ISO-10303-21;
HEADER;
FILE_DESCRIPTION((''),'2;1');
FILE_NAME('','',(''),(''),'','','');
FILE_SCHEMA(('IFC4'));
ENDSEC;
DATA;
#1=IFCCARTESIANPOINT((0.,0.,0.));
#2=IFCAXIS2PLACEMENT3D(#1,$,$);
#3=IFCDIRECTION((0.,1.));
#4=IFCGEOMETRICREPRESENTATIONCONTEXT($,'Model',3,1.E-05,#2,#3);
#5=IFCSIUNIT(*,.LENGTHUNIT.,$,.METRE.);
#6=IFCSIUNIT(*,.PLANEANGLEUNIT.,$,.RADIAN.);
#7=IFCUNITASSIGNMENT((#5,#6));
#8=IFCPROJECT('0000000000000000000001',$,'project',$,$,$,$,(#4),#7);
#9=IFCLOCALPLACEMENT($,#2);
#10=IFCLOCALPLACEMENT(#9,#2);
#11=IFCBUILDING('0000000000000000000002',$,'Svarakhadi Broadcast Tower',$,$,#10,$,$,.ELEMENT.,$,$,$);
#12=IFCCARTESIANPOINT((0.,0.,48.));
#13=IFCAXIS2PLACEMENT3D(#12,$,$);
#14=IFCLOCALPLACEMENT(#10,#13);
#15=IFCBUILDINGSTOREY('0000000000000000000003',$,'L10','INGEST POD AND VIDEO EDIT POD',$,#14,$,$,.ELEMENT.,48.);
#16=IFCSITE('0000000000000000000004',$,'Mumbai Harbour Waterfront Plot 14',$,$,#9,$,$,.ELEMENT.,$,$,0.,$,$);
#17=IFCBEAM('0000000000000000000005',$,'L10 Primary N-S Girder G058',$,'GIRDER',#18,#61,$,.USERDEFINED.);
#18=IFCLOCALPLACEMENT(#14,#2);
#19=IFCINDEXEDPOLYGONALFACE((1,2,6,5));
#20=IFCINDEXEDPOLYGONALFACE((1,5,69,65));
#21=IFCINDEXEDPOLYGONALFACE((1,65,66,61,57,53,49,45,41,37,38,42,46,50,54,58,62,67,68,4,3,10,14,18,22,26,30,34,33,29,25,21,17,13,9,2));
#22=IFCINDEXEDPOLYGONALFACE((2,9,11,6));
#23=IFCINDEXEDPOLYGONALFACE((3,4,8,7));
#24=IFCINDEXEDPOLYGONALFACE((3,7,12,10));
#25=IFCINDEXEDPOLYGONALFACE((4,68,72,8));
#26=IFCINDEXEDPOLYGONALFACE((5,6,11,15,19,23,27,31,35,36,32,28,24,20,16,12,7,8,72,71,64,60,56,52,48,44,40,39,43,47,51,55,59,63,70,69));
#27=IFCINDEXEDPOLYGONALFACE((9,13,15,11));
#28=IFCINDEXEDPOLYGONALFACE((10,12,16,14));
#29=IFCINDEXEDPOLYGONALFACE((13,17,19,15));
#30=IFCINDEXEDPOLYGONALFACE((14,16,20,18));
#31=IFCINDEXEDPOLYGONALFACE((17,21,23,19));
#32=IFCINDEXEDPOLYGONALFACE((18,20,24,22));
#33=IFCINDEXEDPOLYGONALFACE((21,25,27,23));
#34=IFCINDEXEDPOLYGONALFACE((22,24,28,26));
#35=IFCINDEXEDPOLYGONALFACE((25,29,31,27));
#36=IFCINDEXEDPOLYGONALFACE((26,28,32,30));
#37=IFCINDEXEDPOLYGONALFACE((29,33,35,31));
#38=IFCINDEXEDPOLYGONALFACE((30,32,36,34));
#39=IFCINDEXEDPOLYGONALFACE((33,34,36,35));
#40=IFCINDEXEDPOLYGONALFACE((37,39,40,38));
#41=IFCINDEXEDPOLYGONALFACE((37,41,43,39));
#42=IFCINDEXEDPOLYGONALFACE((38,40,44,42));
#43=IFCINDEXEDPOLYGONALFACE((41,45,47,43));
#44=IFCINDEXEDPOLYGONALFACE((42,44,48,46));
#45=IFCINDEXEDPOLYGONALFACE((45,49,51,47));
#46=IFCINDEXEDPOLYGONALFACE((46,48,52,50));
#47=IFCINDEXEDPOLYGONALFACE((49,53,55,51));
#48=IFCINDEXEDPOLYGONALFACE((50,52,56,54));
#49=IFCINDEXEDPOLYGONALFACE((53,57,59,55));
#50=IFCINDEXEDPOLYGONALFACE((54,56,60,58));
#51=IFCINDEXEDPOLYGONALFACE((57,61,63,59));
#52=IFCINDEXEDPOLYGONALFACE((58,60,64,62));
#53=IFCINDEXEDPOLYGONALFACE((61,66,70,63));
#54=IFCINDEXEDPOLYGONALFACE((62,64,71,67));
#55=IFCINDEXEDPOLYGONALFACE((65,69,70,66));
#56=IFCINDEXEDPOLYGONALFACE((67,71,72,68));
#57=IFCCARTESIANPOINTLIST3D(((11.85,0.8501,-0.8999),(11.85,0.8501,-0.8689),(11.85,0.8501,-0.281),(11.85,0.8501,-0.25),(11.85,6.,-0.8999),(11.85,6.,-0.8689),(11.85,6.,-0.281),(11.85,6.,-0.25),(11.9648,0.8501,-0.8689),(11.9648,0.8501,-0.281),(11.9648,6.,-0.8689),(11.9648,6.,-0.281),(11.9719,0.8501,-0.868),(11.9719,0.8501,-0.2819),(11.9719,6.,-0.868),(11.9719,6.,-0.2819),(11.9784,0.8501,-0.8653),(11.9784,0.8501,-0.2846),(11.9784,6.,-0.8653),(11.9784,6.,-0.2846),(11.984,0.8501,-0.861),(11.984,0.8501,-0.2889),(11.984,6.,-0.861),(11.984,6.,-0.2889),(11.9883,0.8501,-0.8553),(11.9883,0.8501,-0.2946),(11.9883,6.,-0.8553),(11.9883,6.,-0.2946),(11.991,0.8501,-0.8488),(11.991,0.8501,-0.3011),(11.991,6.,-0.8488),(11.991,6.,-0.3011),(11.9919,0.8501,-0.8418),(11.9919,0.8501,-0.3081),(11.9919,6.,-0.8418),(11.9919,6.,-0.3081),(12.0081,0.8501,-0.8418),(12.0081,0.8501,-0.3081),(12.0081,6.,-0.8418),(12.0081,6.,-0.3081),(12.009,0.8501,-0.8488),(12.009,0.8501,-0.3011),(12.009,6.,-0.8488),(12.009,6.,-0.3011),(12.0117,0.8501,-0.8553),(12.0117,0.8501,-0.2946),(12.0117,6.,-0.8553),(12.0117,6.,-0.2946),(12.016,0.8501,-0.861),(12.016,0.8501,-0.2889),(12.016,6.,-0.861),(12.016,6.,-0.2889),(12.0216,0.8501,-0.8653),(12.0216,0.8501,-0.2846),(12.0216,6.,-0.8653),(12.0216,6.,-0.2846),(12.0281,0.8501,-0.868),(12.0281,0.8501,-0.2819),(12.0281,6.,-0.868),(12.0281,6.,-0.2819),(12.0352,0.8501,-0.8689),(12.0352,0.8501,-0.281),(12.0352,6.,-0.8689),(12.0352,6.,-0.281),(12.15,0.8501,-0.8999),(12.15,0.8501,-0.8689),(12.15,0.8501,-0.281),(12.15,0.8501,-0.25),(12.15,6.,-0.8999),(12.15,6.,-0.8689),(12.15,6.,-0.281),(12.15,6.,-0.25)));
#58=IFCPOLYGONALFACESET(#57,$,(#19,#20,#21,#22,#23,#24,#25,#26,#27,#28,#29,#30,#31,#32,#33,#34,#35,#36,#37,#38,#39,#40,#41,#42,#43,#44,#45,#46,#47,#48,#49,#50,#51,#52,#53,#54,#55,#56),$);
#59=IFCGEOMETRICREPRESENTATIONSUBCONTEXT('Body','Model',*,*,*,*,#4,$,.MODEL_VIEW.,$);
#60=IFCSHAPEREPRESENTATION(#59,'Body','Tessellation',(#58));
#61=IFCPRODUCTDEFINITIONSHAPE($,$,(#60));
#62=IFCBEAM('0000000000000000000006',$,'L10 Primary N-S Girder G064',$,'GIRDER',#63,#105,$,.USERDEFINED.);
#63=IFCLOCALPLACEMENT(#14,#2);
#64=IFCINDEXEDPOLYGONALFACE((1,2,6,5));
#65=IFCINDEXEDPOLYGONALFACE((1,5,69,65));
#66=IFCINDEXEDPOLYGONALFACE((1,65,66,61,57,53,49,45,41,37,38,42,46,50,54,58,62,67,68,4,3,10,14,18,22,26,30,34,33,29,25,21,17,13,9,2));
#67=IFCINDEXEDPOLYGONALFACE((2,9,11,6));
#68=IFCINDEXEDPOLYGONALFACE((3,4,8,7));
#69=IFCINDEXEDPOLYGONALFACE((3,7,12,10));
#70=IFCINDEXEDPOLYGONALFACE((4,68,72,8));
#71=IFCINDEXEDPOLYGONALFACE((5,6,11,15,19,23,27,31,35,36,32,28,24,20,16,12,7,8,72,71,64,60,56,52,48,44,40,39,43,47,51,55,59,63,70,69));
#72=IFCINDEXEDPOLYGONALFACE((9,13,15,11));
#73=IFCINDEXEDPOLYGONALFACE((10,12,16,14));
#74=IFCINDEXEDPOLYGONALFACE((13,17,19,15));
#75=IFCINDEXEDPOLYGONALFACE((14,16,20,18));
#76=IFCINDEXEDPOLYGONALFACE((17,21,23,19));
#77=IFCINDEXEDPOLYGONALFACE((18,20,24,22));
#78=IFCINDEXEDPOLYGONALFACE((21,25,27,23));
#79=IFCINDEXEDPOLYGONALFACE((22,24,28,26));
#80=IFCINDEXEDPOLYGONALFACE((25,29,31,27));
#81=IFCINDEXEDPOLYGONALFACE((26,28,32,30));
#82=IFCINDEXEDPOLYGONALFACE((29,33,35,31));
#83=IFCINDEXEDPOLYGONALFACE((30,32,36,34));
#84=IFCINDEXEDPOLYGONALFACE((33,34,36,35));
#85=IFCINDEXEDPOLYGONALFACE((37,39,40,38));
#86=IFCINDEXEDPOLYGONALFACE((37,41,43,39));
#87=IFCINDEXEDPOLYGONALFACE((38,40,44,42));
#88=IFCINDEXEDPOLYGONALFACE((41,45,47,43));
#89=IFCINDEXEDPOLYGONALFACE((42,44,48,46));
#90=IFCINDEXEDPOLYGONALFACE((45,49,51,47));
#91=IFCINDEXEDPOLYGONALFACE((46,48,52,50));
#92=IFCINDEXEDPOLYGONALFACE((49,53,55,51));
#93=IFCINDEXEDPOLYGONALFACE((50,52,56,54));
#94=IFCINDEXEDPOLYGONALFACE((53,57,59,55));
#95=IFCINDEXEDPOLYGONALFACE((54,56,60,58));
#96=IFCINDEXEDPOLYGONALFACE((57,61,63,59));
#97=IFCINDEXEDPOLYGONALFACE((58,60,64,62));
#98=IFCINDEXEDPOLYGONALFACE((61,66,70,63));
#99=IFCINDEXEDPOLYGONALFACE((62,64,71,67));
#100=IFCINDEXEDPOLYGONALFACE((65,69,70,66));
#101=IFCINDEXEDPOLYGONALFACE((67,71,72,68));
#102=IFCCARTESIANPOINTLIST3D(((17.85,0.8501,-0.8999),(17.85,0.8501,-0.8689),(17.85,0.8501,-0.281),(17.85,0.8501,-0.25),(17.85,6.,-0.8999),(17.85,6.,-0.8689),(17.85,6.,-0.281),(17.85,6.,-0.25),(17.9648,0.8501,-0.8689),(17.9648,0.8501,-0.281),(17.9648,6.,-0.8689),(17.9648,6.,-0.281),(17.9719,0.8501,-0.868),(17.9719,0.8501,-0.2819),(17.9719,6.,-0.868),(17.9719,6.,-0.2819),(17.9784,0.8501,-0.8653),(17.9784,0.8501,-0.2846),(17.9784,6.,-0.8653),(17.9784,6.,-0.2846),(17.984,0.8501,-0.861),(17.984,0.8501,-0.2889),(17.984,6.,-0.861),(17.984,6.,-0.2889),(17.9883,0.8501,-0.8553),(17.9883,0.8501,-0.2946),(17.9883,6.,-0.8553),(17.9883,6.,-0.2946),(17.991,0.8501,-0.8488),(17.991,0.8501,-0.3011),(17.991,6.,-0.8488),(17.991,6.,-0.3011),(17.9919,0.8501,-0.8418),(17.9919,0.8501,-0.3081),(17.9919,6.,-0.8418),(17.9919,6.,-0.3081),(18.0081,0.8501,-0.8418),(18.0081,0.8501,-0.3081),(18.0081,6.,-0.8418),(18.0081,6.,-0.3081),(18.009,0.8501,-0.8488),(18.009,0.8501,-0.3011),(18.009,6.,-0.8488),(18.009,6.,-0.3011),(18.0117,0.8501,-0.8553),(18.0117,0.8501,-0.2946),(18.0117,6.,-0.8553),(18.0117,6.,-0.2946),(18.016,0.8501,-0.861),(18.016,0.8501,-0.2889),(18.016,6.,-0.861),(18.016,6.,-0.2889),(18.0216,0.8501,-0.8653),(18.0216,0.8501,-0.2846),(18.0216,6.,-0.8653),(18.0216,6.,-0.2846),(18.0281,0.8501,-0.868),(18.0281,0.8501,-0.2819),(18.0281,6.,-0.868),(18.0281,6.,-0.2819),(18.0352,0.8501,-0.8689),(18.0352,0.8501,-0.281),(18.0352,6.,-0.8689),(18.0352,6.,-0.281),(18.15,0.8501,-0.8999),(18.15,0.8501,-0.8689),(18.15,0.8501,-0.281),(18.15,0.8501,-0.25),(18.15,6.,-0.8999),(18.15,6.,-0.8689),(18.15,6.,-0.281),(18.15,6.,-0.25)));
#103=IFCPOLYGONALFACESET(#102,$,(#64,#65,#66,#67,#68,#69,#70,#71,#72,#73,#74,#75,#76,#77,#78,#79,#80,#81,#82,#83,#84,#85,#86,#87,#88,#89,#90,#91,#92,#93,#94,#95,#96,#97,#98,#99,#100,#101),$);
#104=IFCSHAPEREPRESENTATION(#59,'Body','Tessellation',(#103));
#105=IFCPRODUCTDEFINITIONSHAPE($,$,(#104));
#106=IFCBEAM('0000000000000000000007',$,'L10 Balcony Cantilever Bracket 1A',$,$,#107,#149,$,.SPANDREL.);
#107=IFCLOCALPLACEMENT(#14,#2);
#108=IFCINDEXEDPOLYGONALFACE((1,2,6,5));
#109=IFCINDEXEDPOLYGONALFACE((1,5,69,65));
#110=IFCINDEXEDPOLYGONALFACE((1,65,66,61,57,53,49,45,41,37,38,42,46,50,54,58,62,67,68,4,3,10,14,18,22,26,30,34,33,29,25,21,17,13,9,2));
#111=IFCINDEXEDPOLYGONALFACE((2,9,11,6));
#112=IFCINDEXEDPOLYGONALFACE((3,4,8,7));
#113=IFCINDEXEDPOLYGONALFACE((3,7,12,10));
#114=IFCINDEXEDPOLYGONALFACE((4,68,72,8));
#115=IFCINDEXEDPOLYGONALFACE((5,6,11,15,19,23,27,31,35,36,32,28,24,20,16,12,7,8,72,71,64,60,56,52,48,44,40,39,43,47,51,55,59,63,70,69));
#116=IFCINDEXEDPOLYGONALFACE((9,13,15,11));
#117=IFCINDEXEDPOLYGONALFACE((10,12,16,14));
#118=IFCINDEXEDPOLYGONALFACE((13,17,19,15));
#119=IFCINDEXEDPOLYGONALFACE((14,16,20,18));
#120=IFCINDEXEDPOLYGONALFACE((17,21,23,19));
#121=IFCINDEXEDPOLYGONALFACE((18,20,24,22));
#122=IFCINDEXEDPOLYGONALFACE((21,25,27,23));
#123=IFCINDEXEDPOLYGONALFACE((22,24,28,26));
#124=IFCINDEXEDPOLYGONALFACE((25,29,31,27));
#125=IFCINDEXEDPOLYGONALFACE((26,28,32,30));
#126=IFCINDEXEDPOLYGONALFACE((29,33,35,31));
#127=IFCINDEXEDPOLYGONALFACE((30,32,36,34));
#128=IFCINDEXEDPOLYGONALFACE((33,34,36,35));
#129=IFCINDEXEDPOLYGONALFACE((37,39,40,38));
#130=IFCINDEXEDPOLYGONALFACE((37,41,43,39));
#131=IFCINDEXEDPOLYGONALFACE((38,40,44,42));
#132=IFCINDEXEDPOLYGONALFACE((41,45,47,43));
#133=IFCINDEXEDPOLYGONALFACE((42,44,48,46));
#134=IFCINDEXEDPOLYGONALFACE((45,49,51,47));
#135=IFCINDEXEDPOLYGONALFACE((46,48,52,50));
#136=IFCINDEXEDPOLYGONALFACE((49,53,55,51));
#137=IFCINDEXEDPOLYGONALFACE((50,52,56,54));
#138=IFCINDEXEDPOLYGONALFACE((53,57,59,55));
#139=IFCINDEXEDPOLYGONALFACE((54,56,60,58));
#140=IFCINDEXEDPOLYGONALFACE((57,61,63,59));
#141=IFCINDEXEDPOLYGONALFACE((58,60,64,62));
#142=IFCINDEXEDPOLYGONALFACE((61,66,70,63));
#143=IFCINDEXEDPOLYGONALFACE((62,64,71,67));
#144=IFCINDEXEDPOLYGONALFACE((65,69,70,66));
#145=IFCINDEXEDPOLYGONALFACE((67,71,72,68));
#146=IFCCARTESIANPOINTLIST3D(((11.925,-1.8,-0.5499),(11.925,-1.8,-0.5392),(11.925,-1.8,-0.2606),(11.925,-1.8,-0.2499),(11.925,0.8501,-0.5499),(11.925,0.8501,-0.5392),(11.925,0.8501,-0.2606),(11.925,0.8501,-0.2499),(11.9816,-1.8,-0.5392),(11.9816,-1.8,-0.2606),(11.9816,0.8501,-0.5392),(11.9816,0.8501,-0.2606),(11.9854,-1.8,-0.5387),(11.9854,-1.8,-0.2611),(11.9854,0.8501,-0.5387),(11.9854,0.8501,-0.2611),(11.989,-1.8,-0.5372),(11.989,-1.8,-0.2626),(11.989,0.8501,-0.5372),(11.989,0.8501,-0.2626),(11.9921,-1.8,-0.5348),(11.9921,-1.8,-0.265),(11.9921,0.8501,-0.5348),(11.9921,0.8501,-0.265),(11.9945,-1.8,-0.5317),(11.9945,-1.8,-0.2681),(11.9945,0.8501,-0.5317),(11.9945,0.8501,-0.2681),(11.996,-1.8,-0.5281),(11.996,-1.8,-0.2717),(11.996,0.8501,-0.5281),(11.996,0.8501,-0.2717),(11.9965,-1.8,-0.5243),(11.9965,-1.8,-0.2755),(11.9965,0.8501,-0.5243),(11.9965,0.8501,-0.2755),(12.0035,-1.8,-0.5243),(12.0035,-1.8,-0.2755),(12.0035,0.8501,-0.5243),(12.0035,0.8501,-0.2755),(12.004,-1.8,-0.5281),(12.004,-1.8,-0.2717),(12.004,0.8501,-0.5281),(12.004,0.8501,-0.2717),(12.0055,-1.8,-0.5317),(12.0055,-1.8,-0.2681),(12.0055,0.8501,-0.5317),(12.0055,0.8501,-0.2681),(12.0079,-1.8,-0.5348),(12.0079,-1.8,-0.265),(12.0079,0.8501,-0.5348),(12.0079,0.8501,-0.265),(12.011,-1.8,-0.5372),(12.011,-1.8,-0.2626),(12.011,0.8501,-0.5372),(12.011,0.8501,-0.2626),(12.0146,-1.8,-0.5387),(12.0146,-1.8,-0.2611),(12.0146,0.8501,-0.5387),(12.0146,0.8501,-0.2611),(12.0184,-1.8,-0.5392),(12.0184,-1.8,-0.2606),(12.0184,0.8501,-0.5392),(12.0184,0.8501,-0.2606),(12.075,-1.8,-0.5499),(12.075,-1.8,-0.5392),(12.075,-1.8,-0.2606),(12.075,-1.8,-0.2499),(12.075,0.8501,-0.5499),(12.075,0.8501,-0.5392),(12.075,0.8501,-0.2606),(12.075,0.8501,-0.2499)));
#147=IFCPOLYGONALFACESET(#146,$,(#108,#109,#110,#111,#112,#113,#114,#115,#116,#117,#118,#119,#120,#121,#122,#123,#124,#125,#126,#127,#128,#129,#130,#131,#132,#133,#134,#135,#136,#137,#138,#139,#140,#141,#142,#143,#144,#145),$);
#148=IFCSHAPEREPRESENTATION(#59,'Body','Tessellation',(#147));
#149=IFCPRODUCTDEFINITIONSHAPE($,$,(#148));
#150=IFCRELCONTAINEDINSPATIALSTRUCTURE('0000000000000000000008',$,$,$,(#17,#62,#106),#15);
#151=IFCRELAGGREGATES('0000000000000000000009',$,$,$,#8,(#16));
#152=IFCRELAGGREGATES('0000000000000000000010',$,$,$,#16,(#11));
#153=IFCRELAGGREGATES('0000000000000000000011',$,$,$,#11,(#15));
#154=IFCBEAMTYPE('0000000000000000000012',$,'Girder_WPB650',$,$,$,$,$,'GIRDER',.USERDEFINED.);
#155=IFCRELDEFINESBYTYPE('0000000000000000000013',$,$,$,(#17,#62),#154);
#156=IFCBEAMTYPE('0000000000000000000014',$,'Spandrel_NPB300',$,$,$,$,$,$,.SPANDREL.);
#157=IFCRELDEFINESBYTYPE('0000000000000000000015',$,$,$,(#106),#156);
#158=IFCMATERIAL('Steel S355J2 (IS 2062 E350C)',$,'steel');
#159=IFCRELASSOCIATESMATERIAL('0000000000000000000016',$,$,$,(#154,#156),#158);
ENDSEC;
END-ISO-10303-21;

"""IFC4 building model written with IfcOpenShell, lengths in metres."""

from ifc_helpers import new_model, si_unit, direction, frame, origin, origin_2d, place, context, subcontext, project, spatial, i_section, extrude, material, material_profile, profile_set, type_object, element, save


model = new_model("IFC4")

# Units and contexts
model_context = context("Model", 3, precision=1e-05, world=origin(), true_north=direction((0.0, 1.0)))
body_context = subcontext(model_context, "Body", "Model", "MODEL_VIEW")
ifc_project = project(units=[si_unit("LENGTHUNIT", "METRE"), si_unit("PLANEANGLEUNIT", "RADIAN")], contexts=[model_context])

# Site, building, storey
site_placement = place(None, origin())
site = spatial("IfcSite", under=ifc_project, at=site_placement, Name="Mumbai Harbour Waterfront Plot 14", CompositionType="ELEMENT", RefElevation=0.0)
building_placement = place(site_placement, origin())
building = spatial("IfcBuilding", under=site, at=building_placement, Name="Svarakhadi Broadcast Tower", CompositionType="ELEMENT")
storey_placement = place(building_placement, frame((0.0, 0.0, 48.0)))
storey = spatial("IfcBuildingStorey", under=building, at=storey_placement, Name="L10", Description="INGEST POD AND VIDEO EDIT POD", CompositionType="ELEMENT", Elevation=48.0)

# Shared definitions
ifc_material_1 = material(Name="Steel S355J2 (IS 2062 E350C)", Category="steel")

# Beams
ifc_material_profile_1 = material_profile(ifc_material_1, i_section(OverallWidth=0.3, OverallDepth=0.6499, WebThickness=0.0161, FlangeThickness=0.031, FilletRadius=0.0271, at=origin_2d()), Name="WPB 650x300x225")
ifc_profile_set_1 = profile_set([ifc_material_profile_1], Name="Steel S355J2 (IS 2062 E350C)")
beam_type_1 = type_object("IfcBeamType", Name="Girder_WPB650", ElementType="GIRDER", PredefinedType="USERDEFINED", material=ifc_profile_set_1)
for number, where, z_axis, x_axis, name in (
    (1, (12.0, 0.8501, -0.575), (0.0, 1.0, 0.0), (-1.0, 0.0, 0.0), "L10 Primary N-S Girder G058"),
    (2, (18.0, 0.8501, -0.575), (0.0, 1.0, 0.0), (-1.0, 0.0, 0.0), "L10 Primary N-S Girder G064"),
):
    element("IfcBeam", number, at=place(storey_placement, frame(where, z_axis=z_axis, x_axis=x_axis)), inside=storey, type_object=beam_type_1, Name=name, ObjectType="GIRDER", PredefinedType="USERDEFINED", context=body_context, shape_type="SweptSolid", body=[
        extrude(i_section(OverallWidth=0.3, OverallDepth=0.6499, WebThickness=0.0161, FlangeThickness=0.031, FilletRadius=0.0271, at=origin_2d()), origin(), (0.0, 0.0, 1.0), 5.1499),
    ])
ifc_material_profile_2 = material_profile(ifc_material_1, i_section(OverallWidth=0.1499, OverallDepth=0.3, WebThickness=0.0071, FlangeThickness=0.0107, FilletRadius=0.0149, at=origin_2d()), Name="NPB 300x150x37")
ifc_profile_set_2 = profile_set([ifc_material_profile_2], Name="Steel S355J2 (IS 2062 E350C)")
beam_type_2 = type_object("IfcBeamType", Name="Spandrel_NPB300", PredefinedType="SPANDREL", material=ifc_profile_set_2)
beam_1_placement = place(storey_placement, frame((12.0, 0.8501, -0.3999), z_axis=(0.0, -1.0, 0.0), x_axis=(1.0, 0.0, 0.0)))
element("IfcBeam", 3, at=beam_1_placement, inside=storey, type_object=beam_type_2, Name="L10 Balcony Cantilever Bracket 1A", PredefinedType="SPANDREL", context=body_context, shape_type="SweptSolid", body=[
    extrude(i_section(OverallWidth=0.1499, OverallDepth=0.3, WebThickness=0.0071, FlangeThickness=0.0107, FilletRadius=0.0149, at=origin_2d()), origin(), (0.0, 0.0, 1.0), 2.6501),
])

save(model, "model.ifc")
